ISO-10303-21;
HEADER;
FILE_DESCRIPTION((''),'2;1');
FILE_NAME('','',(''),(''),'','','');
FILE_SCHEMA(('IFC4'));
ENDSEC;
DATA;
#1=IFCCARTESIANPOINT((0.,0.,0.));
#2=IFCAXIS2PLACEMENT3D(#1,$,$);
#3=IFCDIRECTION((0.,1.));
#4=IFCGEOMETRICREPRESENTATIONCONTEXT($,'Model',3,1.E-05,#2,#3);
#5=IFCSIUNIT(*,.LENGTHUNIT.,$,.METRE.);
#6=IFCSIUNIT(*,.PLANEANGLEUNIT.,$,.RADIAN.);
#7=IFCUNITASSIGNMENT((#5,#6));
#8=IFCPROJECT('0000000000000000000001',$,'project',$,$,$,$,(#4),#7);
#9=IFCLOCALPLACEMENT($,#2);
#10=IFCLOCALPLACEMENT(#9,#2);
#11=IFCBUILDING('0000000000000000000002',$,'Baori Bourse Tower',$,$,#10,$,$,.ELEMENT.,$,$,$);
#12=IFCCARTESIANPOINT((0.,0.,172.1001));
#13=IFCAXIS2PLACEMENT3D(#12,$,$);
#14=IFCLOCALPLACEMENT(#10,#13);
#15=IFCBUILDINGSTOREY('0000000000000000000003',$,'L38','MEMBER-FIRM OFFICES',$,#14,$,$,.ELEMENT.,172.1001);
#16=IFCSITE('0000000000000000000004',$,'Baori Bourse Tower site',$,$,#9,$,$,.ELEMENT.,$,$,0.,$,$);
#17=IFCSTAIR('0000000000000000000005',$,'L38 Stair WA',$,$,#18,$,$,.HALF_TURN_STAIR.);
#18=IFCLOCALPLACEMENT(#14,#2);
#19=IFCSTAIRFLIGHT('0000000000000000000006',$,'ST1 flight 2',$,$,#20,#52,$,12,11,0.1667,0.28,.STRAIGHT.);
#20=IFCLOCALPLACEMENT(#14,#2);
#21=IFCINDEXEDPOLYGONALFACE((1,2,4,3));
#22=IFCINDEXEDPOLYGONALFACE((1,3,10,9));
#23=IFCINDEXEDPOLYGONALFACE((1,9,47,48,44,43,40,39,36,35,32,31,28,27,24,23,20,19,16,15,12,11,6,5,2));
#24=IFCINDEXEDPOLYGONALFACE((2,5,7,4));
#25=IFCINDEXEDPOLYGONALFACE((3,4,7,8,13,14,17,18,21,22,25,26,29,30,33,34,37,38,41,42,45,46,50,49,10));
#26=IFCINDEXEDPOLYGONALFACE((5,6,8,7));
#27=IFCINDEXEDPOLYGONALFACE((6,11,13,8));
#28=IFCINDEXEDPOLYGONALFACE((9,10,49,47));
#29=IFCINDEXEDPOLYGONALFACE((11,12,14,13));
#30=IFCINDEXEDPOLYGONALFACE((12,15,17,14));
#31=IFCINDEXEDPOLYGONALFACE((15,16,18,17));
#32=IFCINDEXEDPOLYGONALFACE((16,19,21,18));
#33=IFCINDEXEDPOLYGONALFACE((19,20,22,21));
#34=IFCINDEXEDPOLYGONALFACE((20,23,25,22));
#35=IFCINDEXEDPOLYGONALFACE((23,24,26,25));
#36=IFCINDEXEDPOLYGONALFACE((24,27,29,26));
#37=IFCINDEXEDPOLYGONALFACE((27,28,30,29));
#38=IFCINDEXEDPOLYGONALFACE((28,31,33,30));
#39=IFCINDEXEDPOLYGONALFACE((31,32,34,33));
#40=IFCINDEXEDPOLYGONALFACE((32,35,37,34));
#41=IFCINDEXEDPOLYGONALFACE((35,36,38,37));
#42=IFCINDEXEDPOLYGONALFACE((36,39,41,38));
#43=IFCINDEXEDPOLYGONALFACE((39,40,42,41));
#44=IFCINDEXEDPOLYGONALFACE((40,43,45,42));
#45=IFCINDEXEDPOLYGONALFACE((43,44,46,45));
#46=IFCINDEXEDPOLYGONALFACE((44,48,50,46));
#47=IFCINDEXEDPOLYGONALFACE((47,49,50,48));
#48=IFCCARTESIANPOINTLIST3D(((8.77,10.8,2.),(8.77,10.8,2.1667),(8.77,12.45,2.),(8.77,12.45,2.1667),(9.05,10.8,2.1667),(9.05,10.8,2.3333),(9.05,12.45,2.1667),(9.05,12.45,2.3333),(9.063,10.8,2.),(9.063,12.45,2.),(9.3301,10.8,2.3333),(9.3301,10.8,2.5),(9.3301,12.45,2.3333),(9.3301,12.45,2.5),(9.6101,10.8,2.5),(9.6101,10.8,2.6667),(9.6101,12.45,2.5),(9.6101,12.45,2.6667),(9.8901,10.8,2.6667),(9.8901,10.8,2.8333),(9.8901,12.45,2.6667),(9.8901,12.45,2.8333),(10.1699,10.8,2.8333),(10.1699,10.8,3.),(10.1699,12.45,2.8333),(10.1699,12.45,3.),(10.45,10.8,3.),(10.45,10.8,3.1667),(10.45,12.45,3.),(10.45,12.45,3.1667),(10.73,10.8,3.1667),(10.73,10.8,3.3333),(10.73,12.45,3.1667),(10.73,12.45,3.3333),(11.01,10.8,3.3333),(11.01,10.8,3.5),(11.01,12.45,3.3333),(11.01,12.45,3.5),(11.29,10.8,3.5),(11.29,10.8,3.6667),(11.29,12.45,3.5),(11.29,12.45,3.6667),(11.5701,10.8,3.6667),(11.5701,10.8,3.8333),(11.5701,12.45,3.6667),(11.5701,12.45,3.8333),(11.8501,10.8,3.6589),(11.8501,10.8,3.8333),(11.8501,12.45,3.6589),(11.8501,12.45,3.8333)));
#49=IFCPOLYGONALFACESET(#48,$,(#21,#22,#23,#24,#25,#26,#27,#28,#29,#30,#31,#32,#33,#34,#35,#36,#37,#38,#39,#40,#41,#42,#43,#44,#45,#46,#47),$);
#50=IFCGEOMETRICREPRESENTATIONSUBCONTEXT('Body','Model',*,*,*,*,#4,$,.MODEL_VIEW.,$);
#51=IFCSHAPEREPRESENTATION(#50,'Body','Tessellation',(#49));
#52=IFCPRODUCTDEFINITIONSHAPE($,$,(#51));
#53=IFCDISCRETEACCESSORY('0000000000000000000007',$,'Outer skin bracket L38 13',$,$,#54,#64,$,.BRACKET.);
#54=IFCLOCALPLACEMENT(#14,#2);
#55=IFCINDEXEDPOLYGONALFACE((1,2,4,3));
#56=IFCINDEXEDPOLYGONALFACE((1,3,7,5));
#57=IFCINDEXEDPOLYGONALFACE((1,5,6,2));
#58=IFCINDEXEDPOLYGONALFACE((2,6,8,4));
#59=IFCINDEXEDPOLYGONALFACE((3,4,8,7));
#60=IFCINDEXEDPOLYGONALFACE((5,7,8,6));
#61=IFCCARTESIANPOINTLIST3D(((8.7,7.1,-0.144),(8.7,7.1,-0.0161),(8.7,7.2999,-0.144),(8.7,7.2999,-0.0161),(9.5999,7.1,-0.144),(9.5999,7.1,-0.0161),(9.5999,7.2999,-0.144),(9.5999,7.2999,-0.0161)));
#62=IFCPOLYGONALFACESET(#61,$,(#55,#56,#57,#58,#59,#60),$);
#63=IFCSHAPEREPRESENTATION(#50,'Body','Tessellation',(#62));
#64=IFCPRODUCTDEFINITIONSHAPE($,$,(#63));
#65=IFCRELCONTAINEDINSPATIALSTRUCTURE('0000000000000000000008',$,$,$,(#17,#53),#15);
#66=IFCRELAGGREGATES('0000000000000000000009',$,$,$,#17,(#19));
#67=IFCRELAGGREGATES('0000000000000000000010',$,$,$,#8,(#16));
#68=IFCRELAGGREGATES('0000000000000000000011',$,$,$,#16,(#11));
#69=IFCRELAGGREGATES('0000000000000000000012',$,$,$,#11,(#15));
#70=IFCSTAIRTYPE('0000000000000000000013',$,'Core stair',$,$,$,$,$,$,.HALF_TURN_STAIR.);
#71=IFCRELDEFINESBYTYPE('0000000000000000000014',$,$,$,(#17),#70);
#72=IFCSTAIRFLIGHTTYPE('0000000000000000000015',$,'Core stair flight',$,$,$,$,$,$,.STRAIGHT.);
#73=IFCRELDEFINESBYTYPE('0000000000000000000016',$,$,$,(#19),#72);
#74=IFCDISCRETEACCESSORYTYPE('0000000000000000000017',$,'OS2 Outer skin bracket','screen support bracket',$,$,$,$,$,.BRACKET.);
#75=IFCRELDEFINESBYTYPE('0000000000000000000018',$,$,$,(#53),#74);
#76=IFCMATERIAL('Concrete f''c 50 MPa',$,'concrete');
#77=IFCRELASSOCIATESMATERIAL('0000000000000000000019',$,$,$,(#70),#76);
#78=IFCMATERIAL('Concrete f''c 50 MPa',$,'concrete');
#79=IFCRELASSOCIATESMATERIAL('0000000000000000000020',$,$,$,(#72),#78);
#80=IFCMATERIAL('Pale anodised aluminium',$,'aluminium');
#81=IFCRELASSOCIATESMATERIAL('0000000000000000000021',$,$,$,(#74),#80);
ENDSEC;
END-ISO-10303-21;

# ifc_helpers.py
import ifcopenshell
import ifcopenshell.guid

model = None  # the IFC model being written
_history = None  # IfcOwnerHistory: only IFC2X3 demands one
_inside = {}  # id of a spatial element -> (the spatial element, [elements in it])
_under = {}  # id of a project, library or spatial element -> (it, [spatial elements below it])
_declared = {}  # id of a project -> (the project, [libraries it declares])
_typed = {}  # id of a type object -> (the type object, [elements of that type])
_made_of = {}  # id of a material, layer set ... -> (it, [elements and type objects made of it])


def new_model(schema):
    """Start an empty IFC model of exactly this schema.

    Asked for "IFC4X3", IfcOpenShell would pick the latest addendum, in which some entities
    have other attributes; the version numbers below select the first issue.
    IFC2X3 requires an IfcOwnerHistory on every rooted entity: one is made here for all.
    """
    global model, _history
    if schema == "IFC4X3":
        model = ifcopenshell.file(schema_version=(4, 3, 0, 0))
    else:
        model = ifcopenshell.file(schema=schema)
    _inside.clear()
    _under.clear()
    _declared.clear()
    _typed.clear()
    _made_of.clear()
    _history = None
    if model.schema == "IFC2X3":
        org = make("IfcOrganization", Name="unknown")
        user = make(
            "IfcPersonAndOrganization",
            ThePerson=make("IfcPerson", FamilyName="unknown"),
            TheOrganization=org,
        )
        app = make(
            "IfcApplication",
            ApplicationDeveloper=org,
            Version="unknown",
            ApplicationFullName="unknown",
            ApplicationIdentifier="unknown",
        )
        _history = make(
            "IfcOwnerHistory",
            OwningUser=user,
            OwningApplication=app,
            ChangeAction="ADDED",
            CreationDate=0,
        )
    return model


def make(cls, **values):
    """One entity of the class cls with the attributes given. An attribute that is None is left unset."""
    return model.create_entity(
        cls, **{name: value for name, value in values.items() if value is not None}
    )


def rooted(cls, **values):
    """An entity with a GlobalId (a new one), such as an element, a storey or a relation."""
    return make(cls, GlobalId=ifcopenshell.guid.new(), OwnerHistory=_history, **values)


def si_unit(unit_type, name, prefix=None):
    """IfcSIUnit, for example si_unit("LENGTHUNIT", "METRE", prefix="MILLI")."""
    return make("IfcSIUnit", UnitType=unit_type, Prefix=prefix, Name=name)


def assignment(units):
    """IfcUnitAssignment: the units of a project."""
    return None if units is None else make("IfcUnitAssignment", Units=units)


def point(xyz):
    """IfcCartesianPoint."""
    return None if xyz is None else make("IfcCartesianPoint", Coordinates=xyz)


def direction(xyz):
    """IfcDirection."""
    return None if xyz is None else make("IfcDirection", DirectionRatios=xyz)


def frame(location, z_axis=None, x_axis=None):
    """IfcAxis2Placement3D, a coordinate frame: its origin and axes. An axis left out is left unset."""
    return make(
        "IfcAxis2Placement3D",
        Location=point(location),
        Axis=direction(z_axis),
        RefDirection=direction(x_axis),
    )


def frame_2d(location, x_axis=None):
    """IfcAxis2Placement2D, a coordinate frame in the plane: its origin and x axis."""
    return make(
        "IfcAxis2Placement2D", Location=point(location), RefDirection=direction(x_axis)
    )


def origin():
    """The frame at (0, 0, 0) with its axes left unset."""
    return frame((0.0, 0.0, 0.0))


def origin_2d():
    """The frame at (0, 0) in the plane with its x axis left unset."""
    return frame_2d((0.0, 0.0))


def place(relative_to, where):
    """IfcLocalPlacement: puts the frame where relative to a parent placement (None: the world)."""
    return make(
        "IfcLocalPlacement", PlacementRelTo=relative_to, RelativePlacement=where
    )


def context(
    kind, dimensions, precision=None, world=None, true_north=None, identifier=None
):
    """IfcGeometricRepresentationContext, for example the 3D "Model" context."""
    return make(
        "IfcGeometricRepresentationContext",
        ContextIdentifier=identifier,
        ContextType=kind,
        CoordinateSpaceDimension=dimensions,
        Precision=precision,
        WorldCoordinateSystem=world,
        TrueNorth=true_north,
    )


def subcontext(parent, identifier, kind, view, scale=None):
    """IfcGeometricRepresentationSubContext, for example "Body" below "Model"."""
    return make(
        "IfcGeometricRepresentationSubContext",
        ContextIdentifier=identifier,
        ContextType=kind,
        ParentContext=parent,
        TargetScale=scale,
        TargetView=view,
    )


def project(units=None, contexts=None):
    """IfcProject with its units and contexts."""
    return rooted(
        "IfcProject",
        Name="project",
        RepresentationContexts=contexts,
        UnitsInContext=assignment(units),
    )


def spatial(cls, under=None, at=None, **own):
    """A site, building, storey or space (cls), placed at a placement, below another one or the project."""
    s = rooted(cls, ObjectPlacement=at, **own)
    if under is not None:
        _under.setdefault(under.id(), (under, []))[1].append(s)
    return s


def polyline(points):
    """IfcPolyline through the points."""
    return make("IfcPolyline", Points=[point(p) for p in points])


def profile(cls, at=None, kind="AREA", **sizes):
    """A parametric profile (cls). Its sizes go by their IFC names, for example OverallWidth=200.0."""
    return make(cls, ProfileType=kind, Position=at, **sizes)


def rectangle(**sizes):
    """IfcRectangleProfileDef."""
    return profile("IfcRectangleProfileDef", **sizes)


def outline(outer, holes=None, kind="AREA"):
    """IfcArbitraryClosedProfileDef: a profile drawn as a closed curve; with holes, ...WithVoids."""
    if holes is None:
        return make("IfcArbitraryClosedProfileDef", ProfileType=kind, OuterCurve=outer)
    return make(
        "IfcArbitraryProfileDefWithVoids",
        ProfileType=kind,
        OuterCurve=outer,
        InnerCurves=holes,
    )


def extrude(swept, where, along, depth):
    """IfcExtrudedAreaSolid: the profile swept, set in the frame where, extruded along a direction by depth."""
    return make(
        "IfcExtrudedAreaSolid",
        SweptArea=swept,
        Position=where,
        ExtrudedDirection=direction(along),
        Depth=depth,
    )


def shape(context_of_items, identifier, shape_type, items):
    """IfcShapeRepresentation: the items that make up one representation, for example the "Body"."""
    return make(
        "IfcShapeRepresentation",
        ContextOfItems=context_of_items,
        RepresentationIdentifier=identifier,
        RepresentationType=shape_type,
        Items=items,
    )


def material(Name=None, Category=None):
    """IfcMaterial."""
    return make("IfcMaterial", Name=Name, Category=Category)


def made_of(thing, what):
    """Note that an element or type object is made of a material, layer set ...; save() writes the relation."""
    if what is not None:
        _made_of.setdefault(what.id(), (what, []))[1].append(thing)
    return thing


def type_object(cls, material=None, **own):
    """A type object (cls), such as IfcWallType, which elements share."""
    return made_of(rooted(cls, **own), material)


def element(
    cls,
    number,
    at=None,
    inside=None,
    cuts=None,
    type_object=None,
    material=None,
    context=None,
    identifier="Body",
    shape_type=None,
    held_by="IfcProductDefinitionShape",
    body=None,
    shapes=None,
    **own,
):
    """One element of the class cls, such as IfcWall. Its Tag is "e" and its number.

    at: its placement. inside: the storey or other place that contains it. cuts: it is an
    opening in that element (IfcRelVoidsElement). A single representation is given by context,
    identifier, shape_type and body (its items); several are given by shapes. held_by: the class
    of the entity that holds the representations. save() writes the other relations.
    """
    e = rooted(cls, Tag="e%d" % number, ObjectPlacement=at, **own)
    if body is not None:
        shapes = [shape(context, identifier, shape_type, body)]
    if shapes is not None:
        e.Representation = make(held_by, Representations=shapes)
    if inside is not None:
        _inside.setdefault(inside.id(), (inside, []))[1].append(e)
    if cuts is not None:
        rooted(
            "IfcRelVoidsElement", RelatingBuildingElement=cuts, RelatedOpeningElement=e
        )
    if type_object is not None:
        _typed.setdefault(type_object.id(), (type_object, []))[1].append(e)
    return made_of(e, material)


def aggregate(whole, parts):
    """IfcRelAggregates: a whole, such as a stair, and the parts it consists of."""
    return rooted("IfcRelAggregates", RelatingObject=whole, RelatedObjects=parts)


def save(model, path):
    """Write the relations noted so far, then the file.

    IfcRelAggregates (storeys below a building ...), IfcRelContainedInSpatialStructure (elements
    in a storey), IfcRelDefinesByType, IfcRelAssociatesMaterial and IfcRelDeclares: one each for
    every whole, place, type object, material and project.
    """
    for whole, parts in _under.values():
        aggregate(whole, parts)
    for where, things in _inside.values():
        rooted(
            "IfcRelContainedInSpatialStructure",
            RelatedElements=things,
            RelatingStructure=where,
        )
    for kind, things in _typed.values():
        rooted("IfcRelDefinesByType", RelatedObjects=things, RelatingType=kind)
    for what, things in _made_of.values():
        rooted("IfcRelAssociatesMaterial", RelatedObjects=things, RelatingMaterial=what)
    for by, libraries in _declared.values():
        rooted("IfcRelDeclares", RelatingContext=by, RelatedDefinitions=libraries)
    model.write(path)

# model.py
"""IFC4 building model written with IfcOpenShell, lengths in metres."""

from ifc_helpers import new_model, si_unit, direction, frame, origin, origin_2d, place, context, subcontext, project, spatial, polyline, rectangle, outline, extrude, material, type_object, element, aggregate, save


model = new_model("IFC4")

# Units and contexts
model_context = context("Model", 3, precision=1e-05, world=origin(), true_north=direction((0.0, 1.0)))
body_context = subcontext(model_context, "Body", "Model", "MODEL_VIEW")
ifc_project = project(units=[si_unit("LENGTHUNIT", "METRE"), si_unit("PLANEANGLEUNIT", "RADIAN")], contexts=[model_context])

# Site, building, storey
site_placement = place(None, origin())
site = spatial("IfcSite", under=ifc_project, at=site_placement, Name="Baori Bourse Tower site", CompositionType="ELEMENT", RefElevation=0.0)
building_placement = place(site_placement, origin())
building = spatial("IfcBuilding", under=site, at=building_placement, Name="Baori Bourse Tower", CompositionType="ELEMENT")
storey_placement = place(building_placement, frame((0.0, 0.0, 172.1001)))
storey = spatial("IfcBuildingStorey", under=building, at=storey_placement, Name="L38", Description="MEMBER-FIRM OFFICES", CompositionType="ELEMENT", Elevation=172.1001)

# Stair, stair flight
ifc_material_1 = material(Name="Concrete f'c 50 MPa", Category="concrete")
stair_type = type_object("IfcStairType", Name="Core stair", PredefinedType="HALF_TURN_STAIR", material=ifc_material_1)
stair_placement = place(storey_placement, origin())
stair = element("IfcStair", 1, at=stair_placement, inside=storey, type_object=stair_type, Name="L38 Stair WA", PredefinedType="HALF_TURN_STAIR")
ifc_material_2 = material(Name="Concrete f'c 50 MPa", Category="concrete")
stair_flight_type = type_object("IfcStairFlightType", Name="Core stair flight", PredefinedType="STRAIGHT", material=ifc_material_2)
stair_flight_1_placement = place(storey_placement, frame((8.77, 11.625, 2.0), z_axis=(0.0, 0.0, 1.0), x_axis=(1.0, 0.0, 0.0)))
stair_flight_1 = element("IfcStairFlight", 2, at=stair_flight_1_placement, type_object=stair_flight_type, Name="ST1 flight 2", NumberOfRisers=12, NumberOfTreads=11, PredefinedType="STRAIGHT", RiserHeight=0.1667, TreadLength=0.28, context=body_context, shape_type="SweptSolid", body=[
    extrude(outline(polyline([(0.0, 0.0), (0.0, 0.1667), (0.28, 0.1667), (0.28, 0.3333), (0.5601, 0.3333), (0.5601, 0.5), (0.8401, 0.5), (0.8401, 0.6667), (1.1201, 0.6667), (1.1201, 0.8333), (1.3999, 0.8333), (1.3999, 1.0), (1.6799, 1.0), (1.6799, 1.1667), (1.96, 1.1667), (1.96, 1.3333), (2.24, 1.3333), (2.24, 1.5), (2.52, 1.5), (2.52, 1.6667), (2.8, 1.6667), (2.8, 1.8333), (3.0801, 1.8333), (3.0801, 2.0), (3.0801, 1.6589), (0.293, 0.0), (0.0, 0.0)])), frame((0.0, 0.825, 0.0), z_axis=(0.0, -1.0, 0.0), x_axis=(1.0, 0.0, 0.0)), (0.0, 0.0, 1.0), 1.6499),
])
aggregate(stair, [stair_flight_1])

# Discrete accessory
ifc_material_3 = material(Name="Pale anodised aluminium", Category="aluminium")
discrete_accessory_type = type_object("IfcDiscreteAccessoryType", Name="OS2 Outer skin bracket", Description="screen support bracket", PredefinedType="BRACKET", material=ifc_material_3)
discrete_accessory_placement = place(storey_placement, frame((9.1499, 7.2, -0.144), z_axis=(0.0, 0.0, 1.0), x_axis=(0.0, -1.0, 0.0)))
element("IfcDiscreteAccessory", 3, at=discrete_accessory_placement, inside=storey, type_object=discrete_accessory_type, Name="Outer skin bracket L38 13", PredefinedType="BRACKET", context=body_context, shape_type="SweptSolid", body=[
    extrude(rectangle(XDim=0.2, YDim=0.8999, at=origin_2d()), origin(), (0.0, 0.0, 1.0), 0.1279),
])

save(model, "model.ifc")
